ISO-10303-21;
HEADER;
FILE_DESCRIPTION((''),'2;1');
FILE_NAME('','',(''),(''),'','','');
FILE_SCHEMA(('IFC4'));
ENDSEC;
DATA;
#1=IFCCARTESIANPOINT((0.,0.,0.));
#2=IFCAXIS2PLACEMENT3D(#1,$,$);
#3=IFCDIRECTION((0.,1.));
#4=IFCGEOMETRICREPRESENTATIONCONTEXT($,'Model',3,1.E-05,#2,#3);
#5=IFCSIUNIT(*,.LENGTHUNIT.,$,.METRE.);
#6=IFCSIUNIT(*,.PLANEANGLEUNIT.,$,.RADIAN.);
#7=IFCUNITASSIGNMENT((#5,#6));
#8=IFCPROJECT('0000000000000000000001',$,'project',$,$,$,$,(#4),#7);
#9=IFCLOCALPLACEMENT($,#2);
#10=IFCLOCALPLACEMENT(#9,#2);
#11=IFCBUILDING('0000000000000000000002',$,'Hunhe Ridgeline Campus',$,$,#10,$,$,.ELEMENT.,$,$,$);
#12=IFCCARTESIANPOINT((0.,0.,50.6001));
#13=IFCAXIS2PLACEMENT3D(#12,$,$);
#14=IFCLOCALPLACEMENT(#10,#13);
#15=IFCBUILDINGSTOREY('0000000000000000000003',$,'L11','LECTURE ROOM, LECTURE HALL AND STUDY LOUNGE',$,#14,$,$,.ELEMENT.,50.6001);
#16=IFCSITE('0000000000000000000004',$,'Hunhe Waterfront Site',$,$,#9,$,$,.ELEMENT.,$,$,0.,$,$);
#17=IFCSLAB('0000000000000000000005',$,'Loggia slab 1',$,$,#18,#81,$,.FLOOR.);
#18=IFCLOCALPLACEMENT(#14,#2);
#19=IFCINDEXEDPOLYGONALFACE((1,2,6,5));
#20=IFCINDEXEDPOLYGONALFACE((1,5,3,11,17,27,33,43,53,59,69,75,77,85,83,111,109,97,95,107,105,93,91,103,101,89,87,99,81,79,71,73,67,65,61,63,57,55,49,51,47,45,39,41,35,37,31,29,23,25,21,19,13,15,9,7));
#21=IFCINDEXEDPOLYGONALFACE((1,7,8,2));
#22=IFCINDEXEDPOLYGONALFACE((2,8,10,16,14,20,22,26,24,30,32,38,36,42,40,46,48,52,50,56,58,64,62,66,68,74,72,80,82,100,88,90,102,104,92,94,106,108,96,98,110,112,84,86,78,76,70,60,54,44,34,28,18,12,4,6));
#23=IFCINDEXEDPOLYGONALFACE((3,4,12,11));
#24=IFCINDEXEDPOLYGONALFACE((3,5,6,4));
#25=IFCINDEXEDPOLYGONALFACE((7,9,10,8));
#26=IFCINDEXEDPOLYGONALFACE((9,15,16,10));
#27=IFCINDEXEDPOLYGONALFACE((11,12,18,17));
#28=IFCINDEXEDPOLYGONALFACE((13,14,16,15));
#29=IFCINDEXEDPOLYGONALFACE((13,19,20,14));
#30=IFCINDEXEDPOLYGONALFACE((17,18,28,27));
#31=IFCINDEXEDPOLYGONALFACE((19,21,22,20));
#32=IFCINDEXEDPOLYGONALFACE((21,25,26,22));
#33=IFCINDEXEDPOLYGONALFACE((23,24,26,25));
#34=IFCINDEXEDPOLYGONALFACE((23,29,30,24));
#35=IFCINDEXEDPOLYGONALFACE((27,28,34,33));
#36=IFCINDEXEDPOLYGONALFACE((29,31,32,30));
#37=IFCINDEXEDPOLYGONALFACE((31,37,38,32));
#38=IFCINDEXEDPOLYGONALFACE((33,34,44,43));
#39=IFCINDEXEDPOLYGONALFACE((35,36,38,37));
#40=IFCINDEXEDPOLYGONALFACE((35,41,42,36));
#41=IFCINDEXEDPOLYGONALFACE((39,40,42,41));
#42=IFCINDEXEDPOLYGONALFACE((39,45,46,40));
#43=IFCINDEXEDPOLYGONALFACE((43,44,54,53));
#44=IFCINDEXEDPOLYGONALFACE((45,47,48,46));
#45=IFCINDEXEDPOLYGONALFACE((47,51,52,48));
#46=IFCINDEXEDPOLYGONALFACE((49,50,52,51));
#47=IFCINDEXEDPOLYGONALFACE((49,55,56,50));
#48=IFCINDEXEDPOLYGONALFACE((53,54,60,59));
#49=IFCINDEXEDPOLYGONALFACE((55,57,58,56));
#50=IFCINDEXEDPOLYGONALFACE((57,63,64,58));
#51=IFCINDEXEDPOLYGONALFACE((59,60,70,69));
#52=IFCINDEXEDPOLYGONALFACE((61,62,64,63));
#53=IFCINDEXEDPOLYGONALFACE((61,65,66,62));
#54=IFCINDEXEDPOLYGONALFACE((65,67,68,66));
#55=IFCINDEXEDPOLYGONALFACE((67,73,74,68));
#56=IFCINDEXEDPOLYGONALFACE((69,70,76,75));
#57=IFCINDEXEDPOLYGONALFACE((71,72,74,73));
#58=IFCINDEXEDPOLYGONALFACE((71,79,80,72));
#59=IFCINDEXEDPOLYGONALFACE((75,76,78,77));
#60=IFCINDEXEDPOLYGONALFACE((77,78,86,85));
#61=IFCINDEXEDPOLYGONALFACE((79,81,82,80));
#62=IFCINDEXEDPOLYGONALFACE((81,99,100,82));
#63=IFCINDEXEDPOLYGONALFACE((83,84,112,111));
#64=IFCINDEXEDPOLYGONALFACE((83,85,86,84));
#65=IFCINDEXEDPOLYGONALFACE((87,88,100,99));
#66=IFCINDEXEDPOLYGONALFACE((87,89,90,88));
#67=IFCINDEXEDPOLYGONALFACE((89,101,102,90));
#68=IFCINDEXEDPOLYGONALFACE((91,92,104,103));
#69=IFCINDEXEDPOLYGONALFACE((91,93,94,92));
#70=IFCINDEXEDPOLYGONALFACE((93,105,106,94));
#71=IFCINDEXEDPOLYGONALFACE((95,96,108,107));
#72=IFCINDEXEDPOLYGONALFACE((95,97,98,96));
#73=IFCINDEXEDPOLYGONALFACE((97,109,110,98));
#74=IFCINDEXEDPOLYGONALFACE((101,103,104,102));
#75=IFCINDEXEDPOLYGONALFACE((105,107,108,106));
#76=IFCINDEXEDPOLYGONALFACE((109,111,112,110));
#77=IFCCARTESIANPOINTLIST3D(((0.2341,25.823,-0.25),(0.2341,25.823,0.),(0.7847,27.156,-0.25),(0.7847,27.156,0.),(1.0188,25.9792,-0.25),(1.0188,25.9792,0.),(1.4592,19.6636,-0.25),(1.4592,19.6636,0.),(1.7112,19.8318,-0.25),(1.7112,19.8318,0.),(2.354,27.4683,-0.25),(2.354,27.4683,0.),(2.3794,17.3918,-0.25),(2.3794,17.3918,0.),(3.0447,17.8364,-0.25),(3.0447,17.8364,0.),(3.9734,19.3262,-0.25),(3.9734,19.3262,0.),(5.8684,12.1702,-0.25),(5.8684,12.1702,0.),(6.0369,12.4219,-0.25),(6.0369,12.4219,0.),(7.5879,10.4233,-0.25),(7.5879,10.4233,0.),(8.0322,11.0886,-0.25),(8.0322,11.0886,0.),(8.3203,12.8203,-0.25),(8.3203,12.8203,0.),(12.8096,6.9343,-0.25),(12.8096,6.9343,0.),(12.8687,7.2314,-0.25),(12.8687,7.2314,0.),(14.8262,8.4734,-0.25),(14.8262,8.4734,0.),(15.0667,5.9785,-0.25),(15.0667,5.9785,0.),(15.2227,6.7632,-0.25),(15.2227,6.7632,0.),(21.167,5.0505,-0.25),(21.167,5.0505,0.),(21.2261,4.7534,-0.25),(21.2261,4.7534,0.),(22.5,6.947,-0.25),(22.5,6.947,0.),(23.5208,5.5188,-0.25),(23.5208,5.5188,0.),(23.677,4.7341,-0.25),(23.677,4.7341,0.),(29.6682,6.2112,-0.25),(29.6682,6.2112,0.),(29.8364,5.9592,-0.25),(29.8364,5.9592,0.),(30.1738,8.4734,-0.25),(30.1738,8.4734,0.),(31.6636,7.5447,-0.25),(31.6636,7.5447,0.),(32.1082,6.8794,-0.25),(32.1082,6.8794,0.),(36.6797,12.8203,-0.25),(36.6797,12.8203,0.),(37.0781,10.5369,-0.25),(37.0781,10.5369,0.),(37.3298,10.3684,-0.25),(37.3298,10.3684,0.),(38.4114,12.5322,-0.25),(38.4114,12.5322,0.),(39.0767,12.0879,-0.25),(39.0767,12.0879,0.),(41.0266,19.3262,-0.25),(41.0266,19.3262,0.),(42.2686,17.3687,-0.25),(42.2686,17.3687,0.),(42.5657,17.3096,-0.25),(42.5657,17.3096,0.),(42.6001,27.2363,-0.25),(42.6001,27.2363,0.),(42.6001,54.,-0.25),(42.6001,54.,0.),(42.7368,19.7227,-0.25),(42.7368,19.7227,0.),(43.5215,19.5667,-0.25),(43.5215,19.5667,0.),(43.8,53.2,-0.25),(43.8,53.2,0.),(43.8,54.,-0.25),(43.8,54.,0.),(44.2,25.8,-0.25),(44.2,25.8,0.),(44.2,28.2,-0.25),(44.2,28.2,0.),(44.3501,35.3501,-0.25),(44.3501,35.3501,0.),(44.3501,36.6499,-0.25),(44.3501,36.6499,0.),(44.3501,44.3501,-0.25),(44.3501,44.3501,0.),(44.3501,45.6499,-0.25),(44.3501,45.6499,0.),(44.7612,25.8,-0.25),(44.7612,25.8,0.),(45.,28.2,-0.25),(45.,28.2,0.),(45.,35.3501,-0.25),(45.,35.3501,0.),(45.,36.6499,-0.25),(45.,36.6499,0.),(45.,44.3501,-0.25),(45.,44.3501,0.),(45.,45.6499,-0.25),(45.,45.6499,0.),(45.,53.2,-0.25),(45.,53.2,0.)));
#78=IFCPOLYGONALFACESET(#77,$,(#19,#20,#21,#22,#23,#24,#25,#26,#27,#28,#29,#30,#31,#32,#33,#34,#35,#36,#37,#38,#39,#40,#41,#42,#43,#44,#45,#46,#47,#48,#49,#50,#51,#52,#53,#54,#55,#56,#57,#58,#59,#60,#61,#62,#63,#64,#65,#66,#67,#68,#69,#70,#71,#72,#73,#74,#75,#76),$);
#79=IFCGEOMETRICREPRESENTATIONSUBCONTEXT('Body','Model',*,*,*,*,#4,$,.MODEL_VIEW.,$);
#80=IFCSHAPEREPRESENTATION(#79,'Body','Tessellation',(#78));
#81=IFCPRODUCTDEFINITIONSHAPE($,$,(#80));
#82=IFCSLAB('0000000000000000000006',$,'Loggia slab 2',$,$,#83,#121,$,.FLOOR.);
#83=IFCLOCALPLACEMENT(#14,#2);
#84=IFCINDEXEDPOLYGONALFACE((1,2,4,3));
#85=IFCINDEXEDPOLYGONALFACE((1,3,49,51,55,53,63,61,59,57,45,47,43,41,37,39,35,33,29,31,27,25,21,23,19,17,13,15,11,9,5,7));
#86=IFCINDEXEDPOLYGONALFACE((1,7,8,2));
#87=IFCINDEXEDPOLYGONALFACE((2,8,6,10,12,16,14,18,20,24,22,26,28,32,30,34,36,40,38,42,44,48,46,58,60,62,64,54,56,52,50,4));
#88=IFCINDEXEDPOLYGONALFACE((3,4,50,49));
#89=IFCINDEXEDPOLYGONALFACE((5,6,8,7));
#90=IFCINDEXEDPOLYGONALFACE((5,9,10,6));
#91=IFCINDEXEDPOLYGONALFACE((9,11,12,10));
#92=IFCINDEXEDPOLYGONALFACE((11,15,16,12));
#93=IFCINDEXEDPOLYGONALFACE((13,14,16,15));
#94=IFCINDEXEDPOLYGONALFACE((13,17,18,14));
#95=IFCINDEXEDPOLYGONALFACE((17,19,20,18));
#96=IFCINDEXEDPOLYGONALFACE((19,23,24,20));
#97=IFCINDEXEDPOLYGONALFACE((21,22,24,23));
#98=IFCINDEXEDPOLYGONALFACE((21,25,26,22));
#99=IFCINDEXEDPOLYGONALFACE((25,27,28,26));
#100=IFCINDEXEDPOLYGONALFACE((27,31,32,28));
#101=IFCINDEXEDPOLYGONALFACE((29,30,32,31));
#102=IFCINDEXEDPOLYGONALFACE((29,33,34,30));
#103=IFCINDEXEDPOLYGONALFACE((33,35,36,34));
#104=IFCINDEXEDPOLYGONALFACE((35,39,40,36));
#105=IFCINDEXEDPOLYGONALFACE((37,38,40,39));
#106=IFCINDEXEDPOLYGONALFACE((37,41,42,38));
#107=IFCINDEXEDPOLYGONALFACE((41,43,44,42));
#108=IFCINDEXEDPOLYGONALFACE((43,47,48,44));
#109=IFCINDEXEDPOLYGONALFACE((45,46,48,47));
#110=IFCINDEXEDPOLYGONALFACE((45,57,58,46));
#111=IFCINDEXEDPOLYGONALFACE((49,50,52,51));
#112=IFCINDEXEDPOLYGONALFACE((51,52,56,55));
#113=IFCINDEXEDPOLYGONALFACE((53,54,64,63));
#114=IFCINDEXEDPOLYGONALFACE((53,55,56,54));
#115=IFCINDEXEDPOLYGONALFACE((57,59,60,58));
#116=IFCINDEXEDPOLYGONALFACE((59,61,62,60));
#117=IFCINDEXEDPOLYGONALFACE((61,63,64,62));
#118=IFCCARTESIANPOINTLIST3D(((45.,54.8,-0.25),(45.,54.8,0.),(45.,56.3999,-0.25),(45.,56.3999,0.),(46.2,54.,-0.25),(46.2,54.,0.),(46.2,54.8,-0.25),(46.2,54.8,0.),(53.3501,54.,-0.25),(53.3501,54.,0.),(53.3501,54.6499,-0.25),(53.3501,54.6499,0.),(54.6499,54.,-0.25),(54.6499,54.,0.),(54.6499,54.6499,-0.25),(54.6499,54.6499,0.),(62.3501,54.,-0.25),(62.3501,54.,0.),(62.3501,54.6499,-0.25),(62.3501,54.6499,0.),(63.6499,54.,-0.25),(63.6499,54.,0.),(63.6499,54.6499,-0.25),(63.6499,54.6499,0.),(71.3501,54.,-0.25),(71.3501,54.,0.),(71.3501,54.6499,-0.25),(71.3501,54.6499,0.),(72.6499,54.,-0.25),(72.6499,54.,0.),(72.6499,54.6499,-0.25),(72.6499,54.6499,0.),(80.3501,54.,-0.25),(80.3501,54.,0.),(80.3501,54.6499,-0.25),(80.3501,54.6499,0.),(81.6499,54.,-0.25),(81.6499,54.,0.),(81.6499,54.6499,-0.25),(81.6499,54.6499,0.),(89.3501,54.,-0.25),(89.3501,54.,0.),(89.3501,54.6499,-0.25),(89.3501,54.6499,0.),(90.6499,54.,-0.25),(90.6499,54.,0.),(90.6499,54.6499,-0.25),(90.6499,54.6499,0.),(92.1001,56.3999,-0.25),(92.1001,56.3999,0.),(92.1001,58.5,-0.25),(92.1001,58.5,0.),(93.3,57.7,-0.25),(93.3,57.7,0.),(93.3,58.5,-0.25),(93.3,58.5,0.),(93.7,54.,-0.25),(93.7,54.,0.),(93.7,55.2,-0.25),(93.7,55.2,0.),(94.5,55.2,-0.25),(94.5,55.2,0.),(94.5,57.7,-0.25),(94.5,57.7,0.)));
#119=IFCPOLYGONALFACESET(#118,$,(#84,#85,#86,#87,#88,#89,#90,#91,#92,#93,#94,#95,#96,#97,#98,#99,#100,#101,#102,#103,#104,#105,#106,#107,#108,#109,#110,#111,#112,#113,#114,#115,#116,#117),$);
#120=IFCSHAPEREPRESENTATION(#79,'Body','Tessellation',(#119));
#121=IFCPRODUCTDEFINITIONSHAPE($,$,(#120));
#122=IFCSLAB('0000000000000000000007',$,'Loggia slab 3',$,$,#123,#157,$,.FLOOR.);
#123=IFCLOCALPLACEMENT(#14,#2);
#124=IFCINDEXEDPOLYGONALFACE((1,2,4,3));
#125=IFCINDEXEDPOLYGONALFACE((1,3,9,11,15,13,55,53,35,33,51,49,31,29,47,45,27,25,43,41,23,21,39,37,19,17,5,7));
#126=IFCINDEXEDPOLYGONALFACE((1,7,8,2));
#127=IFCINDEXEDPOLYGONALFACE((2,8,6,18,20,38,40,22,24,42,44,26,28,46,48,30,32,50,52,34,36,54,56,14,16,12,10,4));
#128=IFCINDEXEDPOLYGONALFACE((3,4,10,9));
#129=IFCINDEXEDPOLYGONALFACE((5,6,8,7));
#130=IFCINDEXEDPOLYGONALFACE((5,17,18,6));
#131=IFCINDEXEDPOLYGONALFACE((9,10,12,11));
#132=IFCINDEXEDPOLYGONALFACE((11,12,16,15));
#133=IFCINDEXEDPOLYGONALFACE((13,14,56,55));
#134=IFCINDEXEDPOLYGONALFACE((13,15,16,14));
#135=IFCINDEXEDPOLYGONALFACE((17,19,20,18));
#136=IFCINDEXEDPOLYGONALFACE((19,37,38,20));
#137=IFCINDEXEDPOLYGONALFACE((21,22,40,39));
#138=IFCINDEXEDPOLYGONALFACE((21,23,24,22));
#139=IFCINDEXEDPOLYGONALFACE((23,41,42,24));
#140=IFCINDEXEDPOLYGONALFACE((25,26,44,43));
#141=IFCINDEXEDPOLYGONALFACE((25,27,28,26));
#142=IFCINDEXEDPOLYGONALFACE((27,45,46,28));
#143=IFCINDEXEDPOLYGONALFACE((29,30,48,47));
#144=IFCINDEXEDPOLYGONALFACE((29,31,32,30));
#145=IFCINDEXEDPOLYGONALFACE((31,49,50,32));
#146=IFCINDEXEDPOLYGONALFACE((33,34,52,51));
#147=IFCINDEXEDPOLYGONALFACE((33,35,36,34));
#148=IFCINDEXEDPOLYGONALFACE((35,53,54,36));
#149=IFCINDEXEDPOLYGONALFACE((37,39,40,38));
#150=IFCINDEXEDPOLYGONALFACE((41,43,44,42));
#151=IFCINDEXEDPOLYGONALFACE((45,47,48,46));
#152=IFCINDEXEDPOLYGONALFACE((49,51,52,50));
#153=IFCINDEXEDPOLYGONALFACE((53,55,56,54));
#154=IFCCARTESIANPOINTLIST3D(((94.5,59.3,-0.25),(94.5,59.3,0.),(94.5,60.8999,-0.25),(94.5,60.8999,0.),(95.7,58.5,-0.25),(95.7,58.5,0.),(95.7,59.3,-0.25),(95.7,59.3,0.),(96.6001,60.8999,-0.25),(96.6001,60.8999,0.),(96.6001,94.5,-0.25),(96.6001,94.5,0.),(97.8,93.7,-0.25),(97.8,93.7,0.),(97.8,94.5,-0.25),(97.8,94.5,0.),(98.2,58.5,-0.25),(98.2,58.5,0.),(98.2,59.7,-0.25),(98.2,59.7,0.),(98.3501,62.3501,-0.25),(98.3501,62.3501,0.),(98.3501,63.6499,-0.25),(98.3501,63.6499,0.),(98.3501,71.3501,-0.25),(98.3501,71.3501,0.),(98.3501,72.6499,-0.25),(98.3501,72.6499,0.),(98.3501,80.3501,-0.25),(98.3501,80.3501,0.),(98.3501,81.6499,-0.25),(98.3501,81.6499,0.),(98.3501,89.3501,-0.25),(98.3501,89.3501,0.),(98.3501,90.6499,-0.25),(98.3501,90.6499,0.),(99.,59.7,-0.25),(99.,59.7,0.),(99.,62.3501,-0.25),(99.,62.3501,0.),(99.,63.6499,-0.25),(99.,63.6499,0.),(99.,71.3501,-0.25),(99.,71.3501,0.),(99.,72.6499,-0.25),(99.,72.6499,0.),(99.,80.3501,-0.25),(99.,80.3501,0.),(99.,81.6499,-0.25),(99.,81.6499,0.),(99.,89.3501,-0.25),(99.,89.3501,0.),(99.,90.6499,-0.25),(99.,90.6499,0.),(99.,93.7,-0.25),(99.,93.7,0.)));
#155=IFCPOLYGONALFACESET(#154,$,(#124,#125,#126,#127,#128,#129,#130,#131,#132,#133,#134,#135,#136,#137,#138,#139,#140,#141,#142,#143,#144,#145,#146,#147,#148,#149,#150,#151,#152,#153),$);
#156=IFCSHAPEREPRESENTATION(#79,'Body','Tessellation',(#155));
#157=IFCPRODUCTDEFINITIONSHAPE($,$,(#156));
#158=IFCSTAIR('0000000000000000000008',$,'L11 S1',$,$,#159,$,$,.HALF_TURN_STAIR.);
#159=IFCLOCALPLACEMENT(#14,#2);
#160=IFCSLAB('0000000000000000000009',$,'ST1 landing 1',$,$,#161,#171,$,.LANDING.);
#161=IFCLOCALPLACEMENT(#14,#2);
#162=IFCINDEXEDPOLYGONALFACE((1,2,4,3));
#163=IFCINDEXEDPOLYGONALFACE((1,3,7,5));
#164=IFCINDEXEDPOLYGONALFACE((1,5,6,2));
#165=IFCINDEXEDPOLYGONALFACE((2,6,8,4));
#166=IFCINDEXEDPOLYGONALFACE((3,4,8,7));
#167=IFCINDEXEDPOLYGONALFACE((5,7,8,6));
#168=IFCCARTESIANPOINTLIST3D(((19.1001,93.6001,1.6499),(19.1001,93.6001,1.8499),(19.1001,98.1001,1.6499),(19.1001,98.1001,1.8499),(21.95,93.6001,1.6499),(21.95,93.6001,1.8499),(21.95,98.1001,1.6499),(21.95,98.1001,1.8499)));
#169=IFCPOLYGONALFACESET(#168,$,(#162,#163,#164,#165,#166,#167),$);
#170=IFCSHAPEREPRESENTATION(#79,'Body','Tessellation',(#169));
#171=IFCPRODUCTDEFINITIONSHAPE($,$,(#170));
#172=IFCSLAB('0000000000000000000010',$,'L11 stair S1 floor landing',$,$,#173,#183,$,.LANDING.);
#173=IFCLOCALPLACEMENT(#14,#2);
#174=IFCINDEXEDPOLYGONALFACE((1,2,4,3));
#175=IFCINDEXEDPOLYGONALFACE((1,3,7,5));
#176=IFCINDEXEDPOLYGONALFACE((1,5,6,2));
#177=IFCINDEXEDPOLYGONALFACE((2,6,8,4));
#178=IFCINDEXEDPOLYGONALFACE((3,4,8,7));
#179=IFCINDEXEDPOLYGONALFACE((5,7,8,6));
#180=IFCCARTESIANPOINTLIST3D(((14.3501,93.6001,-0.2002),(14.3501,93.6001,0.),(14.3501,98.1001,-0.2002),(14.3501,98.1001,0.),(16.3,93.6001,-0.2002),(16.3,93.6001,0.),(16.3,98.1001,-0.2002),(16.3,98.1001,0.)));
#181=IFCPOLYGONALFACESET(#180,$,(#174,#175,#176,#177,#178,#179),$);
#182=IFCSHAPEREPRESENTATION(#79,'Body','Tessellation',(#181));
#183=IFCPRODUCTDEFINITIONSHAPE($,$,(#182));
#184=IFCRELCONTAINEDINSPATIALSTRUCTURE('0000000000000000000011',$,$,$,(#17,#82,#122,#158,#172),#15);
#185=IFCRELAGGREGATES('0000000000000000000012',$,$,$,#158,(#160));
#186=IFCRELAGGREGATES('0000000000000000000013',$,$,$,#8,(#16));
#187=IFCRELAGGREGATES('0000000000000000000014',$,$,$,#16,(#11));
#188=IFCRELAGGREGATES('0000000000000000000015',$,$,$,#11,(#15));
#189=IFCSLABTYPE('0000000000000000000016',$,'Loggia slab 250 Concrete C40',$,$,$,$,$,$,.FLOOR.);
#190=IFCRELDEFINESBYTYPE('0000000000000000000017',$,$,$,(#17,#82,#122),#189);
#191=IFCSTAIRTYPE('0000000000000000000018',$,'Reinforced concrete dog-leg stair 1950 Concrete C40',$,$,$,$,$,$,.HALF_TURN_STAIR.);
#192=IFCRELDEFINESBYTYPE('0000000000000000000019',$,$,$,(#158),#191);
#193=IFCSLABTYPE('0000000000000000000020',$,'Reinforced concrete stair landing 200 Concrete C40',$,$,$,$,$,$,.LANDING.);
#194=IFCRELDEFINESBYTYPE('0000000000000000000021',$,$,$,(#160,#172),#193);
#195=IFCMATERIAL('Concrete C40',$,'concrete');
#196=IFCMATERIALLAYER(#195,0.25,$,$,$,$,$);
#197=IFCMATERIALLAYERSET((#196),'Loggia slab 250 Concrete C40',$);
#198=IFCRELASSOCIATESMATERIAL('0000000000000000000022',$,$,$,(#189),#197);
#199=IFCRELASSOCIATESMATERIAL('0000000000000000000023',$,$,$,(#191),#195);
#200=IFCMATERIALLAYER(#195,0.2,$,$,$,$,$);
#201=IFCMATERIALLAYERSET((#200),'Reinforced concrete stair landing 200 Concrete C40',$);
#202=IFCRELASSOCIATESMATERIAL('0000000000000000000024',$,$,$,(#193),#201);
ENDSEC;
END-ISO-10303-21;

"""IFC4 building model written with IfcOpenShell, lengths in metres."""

from ifc_helpers import new_model, si_unit, direction, frame, origin, place, context, subcontext, project, spatial, polyline, outline, extrude, material, layer, layer_set, type_object, element, aggregate, save


model = new_model("IFC4")

# Units and contexts
model_context = context("Model", 3, precision=1e-05, world=origin(), true_north=direction((0.0, 1.0)))
body_context = subcontext(model_context, "Body", "Model", "MODEL_VIEW")
ifc_project = project(units=[si_unit("LENGTHUNIT", "METRE"), si_unit("PLANEANGLEUNIT", "RADIAN")], contexts=[model_context])

# Site, building, storey
site_placement = place(None, origin())
site = spatial("IfcSite", under=ifc_project, at=site_placement, Name="Hunhe Waterfront Site", CompositionType="ELEMENT", RefElevation=0.0)
building_placement = place(site_placement, origin())
building = spatial("IfcBuilding", under=site, at=building_placement, Name="Hunhe Ridgeline Campus", CompositionType="ELEMENT")
storey_placement = place(building_placement, frame((0.0, 0.0, 50.6001)))
storey = spatial("IfcBuildingStorey", under=building, at=storey_placement, Name="L11", Description="LECTURE ROOM, LECTURE HALL AND STUDY LOUNGE", CompositionType="ELEMENT", Elevation=50.6001)

# Slabs
ifc_material_1 = material(Name="Concrete C40", Category="concrete")
ifc_layer_1 = layer(ifc_material_1, 0.25)
ifc_layer_set_1 = layer_set([ifc_layer_1], Name="Loggia slab 250 Concrete C40")
slab_type_1 = type_object("IfcSlabType", Name="Loggia slab 250 Concrete C40", PredefinedType="FLOOR", material=ifc_layer_set_1)
slab_1_placement = place(storey_placement, frame((0.0, 0.0, -0.25)))
element("IfcSlab", 1, at=slab_1_placement, inside=storey, type_object=slab_type_1, Name="Loggia slab 1", PredefinedType="FLOOR", context=body_context, shape_type="SweptSolid", body=[
    extrude(outline(polyline([(30.1738, 8.4734), (22.5, 6.947), (14.8262, 8.4734), (8.3203, 12.8203), (3.9734, 19.3262), (2.354, 27.4683), (0.7847, 27.156), (1.0188, 25.9792), (0.2341, 25.823), (1.4592, 19.6636), (1.7112, 19.8318), (3.0447, 17.8364), (2.3794, 17.3918), (5.8684, 12.1702), (6.0369, 12.4219), (8.0322, 11.0886), (7.5879, 10.4233), (12.8096, 6.9343), (12.8687, 7.2314), (15.2227, 6.7632), (15.0667, 5.9785), (21.2261, 4.7534), (21.167, 5.0505), (23.5208, 5.5188), (23.677, 4.7341), (29.8364, 5.9592), (29.6682, 6.2112), (31.6636, 7.5447), (32.1082, 6.8794), (37.3298, 10.3684), (37.0781, 10.5369), (38.4114, 12.5322), (39.0767, 12.0879), (42.5657, 17.3096), (42.2686, 17.3687), (42.7368, 19.7227), (43.5215, 19.5667), (44.7612, 25.8), (44.2, 25.8), (44.2, 28.2), (45.0, 28.2), (45.0, 35.3501), (44.3501, 35.3501), (44.3501, 36.6499), (45.0, 36.6499), (45.0, 44.3501), (44.3501, 44.3501), (44.3501, 45.6499), (45.0, 45.6499), (45.0, 53.2), (43.8, 53.2), (43.8, 54.0), (42.6001, 54.0), (42.6001, 27.2363), (41.0266, 19.3262), (36.6797, 12.8203), (30.1738, 8.4734)])), origin(), (0.0, 0.0, 1.0), 0.25),
])
slab_2_placement = place(storey_placement, frame((0.0, 0.0, -0.25)))
element("IfcSlab", 2, at=slab_2_placement, inside=storey, type_object=slab_type_1, Name="Loggia slab 2", PredefinedType="FLOOR", context=body_context, shape_type="SweptSolid", body=[
    extrude(outline(polyline([(45.0, 54.8), (46.2, 54.8), (46.2, 54.0), (53.3501, 54.0), (53.3501, 54.6499), (54.6499, 54.6499), (54.6499, 54.0), (62.3501, 54.0), (62.3501, 54.6499), (63.6499, 54.6499), (63.6499, 54.0), (71.3501, 54.0), (71.3501, 54.6499), (72.6499, 54.6499), (72.6499, 54.0), (80.3501, 54.0), (80.3501, 54.6499), (81.6499, 54.6499), (81.6499, 54.0), (89.3501, 54.0), (89.3501, 54.6499), (90.6499, 54.6499), (90.6499, 54.0), (93.7, 54.0), (93.7, 55.2), (94.5, 55.2), (94.5, 57.7), (93.3, 57.7), (93.3, 58.5), (92.1001, 58.5), (92.1001, 56.3999), (45.0, 56.3999), (45.0, 54.8)])), origin(), (0.0, 0.0, 1.0), 0.25),
])
slab_3_placement = place(storey_placement, frame((0.0, 0.0, -0.25)))
element("IfcSlab", 3, at=slab_3_placement, inside=storey, type_object=slab_type_1, Name="Loggia slab 3", PredefinedType="FLOOR", context=body_context, shape_type="SweptSolid", body=[
    extrude(outline(polyline([(94.5, 59.3), (95.7, 59.3), (95.7, 58.5), (98.2, 58.5), (98.2, 59.7), (99.0, 59.7), (99.0, 62.3501), (98.3501, 62.3501), (98.3501, 63.6499), (99.0, 63.6499), (99.0, 71.3501), (98.3501, 71.3501), (98.3501, 72.6499), (99.0, 72.6499), (99.0, 80.3501), (98.3501, 80.3501), (98.3501, 81.6499), (99.0, 81.6499), (99.0, 89.3501), (98.3501, 89.3501), (98.3501, 90.6499), (99.0, 90.6499), (99.0, 93.7), (97.8, 93.7), (97.8, 94.5), (96.6001, 94.5), (96.6001, 60.8999), (94.5, 60.8999), (94.5, 59.3)])), origin(), (0.0, 0.0, 1.0), 0.25),
])

# Stair, slab
stair_type = type_object("IfcStairType", Name="Reinforced concrete dog-leg stair 1950 Concrete C40", PredefinedType="HALF_TURN_STAIR", material=ifc_material_1)
stair_1_placement = place(storey_placement, origin())
stair_1 = element("IfcStair", 4, at=stair_1_placement, inside=storey, type_object=stair_type, Name="L11 S1", PredefinedType="HALF_TURN_STAIR")
ifc_layer_2 = layer(ifc_material_1, 0.2)
ifc_layer_set_2 = layer_set([ifc_layer_2], Name="Reinforced concrete stair landing 200 Concrete C40")
slab_type_2 = type_object("IfcSlabType", Name="Reinforced concrete stair landing 200 Concrete C40", PredefinedType="LANDING", material=ifc_layer_set_2)
slab_4_placement = place(storey_placement, frame((0.0, 0.0, 1.6499)))
slab_4 = element("IfcSlab", 5, at=slab_4_placement, type_object=slab_type_2, Name="ST1 landing 1", PredefinedType="LANDING", context=body_context, shape_type="SweptSolid", body=[
    extrude(outline(polyline([(19.1001, 93.6001), (21.95, 93.6001), (21.95, 98.1001), (19.1001, 98.1001), (19.1001, 93.6001)])), origin(), (0.0, 0.0, 1.0), 0.2),
])
aggregate(stair_1, [slab_4])

# Slab
slab_5_placement = place(storey_placement, frame((0.0, 0.0, -0.2002)))
element("IfcSlab", 6, at=slab_5_placement, inside=storey, type_object=slab_type_2, Name="L11 stair S1 floor landing", PredefinedType="LANDING", context=body_context, shape_type="SweptSolid", body=[
    extrude(outline(polyline([(14.3501, 93.6001), (16.3, 93.6001), (16.3, 98.1001), (14.3501, 98.1001), (14.3501, 93.6001)])), origin(), (0.0, 0.0, 1.0), 0.2002),
])

save(model, "model.ifc")
